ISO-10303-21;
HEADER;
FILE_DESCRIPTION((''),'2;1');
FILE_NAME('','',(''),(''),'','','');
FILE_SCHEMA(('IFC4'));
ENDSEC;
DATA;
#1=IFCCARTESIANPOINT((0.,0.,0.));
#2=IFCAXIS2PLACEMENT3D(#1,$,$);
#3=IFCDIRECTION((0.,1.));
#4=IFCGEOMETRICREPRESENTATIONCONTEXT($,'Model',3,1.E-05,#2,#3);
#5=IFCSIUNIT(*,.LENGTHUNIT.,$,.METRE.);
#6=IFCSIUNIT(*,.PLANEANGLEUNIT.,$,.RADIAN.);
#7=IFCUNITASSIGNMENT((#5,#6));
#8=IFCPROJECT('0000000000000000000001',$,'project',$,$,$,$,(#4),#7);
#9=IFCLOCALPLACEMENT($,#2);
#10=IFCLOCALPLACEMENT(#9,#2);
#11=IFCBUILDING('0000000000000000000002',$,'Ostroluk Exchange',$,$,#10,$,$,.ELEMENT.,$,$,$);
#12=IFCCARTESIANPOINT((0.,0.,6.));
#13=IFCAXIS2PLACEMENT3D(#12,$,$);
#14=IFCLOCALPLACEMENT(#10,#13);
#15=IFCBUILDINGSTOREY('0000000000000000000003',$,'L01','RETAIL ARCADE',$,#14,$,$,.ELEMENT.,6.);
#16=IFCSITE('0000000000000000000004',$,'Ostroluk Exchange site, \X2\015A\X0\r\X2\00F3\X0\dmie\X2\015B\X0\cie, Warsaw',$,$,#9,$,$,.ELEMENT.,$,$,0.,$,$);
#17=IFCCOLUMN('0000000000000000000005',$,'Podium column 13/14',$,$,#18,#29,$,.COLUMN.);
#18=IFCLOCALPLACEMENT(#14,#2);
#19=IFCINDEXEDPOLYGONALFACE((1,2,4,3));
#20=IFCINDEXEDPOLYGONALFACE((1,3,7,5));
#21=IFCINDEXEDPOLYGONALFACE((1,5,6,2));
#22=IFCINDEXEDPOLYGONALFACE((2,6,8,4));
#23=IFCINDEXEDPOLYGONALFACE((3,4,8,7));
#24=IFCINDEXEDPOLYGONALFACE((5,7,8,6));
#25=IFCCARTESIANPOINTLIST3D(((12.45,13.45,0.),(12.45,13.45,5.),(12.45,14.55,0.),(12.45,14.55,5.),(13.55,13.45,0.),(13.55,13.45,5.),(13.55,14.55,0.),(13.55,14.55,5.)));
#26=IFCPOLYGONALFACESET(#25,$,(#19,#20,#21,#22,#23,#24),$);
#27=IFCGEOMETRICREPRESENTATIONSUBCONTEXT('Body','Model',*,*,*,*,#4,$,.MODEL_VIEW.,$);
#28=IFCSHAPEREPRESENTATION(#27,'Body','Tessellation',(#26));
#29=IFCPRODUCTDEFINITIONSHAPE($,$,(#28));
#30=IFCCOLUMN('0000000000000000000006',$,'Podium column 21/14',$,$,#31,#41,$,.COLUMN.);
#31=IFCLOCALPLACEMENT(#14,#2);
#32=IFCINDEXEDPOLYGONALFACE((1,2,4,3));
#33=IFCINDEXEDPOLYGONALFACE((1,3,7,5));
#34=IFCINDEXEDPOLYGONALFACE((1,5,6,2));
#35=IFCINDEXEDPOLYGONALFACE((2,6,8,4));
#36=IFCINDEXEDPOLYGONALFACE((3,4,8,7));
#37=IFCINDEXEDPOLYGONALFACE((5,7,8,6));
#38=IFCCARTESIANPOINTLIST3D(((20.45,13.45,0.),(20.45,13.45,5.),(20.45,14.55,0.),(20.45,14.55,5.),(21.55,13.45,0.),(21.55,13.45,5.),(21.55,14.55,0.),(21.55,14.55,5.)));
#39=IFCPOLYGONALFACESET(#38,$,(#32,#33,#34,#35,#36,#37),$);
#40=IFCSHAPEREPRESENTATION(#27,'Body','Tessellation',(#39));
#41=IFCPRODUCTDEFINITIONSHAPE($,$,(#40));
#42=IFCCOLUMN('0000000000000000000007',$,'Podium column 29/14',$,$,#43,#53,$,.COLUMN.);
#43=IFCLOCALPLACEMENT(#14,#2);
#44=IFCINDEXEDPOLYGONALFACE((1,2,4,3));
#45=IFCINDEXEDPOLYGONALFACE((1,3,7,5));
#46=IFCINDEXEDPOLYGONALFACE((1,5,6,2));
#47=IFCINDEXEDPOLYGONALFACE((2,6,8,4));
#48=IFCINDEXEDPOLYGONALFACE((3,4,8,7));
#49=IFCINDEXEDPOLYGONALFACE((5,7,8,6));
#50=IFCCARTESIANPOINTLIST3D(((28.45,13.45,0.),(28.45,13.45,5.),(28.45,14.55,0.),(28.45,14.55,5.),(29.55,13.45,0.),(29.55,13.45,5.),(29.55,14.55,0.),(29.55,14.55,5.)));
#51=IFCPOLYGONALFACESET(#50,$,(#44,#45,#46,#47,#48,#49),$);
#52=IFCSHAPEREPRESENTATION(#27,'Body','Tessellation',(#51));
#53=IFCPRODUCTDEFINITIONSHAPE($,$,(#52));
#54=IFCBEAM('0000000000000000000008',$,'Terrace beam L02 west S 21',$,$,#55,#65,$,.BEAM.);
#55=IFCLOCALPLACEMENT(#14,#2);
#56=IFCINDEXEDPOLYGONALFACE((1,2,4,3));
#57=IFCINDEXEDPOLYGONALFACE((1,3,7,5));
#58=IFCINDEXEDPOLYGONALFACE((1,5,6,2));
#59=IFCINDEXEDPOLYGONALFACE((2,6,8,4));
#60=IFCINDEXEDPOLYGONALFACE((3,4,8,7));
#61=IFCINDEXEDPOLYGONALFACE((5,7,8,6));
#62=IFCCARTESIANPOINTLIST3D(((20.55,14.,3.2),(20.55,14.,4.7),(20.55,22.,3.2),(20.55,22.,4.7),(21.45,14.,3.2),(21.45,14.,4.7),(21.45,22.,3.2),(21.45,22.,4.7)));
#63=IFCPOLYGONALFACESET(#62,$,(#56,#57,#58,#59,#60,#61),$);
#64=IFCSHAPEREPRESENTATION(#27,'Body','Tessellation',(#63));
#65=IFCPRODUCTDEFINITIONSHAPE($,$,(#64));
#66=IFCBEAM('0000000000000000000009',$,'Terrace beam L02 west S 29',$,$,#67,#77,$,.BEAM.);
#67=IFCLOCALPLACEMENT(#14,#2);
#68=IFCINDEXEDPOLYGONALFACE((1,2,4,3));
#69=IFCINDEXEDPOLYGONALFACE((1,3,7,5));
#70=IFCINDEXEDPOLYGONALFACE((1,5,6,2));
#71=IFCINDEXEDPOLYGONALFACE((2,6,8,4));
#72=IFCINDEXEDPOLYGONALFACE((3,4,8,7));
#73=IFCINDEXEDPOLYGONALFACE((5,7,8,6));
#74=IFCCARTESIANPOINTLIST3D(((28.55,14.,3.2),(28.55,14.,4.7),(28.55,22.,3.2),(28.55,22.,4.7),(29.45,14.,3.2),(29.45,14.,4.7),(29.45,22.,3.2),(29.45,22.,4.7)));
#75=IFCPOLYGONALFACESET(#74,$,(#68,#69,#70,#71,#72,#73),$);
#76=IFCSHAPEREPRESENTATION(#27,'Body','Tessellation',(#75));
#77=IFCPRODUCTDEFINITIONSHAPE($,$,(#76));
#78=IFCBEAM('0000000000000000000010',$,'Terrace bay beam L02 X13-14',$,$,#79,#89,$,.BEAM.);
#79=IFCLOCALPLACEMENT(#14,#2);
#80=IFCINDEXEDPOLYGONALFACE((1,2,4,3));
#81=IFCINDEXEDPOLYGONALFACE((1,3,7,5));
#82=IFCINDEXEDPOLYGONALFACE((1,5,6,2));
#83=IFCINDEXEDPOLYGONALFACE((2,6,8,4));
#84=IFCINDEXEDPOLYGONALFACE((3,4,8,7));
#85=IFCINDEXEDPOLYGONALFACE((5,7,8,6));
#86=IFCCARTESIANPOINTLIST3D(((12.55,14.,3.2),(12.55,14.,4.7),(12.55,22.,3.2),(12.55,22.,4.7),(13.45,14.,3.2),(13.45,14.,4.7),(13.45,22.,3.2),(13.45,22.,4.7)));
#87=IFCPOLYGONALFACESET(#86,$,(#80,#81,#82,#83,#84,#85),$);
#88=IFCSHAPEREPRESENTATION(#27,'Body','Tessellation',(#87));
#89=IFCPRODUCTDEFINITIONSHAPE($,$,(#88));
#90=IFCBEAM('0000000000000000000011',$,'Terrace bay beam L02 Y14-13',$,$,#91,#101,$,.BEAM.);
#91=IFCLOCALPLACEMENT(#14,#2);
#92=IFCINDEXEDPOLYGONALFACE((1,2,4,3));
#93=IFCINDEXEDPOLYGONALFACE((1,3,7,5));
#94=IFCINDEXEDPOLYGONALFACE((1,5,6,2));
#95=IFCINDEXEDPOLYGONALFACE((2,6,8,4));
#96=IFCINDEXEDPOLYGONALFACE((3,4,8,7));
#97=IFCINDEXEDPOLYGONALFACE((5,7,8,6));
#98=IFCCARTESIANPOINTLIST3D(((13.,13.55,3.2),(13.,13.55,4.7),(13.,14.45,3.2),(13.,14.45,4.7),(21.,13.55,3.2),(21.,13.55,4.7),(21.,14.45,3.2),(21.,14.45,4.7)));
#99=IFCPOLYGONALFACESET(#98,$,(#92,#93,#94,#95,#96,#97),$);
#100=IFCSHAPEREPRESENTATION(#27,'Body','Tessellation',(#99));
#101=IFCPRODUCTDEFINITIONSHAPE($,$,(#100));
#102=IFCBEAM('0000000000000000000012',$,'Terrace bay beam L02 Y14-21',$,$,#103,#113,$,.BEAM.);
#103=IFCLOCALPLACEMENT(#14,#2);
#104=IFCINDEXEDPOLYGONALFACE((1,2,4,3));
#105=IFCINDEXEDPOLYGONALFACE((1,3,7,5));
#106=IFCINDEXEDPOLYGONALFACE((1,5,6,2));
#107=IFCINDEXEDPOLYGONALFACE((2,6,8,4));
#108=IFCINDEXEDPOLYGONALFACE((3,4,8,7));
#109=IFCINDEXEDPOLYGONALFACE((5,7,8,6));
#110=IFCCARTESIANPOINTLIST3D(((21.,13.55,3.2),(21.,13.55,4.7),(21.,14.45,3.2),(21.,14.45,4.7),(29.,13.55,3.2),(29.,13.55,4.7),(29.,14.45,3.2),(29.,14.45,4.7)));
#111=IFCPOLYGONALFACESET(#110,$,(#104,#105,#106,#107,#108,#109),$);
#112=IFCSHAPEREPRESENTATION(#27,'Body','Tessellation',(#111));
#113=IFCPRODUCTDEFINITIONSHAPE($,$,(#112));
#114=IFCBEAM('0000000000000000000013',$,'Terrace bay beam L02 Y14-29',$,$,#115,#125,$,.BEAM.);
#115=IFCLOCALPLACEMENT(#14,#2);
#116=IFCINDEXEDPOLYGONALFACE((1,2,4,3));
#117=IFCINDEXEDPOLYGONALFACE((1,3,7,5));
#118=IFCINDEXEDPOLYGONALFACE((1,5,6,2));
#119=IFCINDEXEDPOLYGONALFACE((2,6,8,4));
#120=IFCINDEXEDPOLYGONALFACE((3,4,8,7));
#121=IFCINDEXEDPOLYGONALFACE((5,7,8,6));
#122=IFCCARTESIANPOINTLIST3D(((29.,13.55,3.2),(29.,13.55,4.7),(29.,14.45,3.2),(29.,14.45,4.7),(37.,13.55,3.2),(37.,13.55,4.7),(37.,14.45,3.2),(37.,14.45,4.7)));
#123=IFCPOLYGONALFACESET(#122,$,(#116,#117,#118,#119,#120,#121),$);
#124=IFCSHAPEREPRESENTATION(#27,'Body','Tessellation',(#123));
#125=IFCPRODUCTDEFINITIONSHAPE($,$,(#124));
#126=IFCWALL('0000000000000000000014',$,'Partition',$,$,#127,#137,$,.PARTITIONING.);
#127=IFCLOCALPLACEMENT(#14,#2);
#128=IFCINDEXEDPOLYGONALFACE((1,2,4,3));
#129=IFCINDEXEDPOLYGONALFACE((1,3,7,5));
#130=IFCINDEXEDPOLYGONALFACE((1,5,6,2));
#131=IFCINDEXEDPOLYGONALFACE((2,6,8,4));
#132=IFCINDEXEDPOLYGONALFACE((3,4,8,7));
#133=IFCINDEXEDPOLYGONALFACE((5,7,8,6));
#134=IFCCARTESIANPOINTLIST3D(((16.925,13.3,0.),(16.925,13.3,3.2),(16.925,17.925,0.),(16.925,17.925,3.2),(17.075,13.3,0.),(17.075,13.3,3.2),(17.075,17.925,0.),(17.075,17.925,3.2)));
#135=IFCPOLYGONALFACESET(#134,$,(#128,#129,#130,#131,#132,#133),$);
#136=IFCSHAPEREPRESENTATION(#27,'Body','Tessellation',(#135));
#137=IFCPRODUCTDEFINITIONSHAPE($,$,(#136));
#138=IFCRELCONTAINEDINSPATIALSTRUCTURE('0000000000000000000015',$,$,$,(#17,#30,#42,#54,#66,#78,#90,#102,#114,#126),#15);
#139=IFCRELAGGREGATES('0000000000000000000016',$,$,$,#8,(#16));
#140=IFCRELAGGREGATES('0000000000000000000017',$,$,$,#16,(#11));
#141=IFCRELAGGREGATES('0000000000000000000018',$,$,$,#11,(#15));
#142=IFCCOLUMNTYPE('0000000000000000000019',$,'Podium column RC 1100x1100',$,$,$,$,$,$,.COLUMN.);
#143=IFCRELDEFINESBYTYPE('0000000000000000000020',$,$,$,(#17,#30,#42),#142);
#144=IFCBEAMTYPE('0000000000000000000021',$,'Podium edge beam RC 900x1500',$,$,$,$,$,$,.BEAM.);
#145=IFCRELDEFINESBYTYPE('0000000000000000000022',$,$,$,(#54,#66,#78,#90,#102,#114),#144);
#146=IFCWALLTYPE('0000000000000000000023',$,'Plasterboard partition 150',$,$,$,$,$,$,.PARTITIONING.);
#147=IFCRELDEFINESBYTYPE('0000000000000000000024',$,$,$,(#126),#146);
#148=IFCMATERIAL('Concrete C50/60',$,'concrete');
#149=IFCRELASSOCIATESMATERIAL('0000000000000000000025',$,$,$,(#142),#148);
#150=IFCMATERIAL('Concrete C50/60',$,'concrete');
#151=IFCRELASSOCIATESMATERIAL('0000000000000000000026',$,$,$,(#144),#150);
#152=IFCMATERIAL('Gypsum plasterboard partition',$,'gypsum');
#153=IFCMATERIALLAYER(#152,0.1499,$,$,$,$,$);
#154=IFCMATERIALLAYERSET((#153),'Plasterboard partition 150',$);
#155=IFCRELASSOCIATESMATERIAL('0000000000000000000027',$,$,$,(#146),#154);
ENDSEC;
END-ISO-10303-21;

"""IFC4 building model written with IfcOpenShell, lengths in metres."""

from ifc_helpers import new_model, si_unit, direction, frame, frame_2d, origin, origin_2d, place, context, subcontext, project, spatial, rectangle, extrude, material, layer, layer_set, material_profile, profile_set, type_object, element, save


model = new_model("IFC4")

# Units and contexts
model_context = context("Model", 3, precision=1e-05, world=origin(), true_north=direction((0.0, 1.0)))
body_context = subcontext(model_context, "Body", "Model", "MODEL_VIEW")
ifc_project = project(units=[si_unit("LENGTHUNIT", "METRE"), si_unit("PLANEANGLEUNIT", "RADIAN")], contexts=[model_context])

# Site, building, storey
site_placement = place(None, origin())
site = spatial("IfcSite", under=ifc_project, at=site_placement, Name="Ostroluk Exchange site, Śródmieście, Warsaw", CompositionType="ELEMENT", RefElevation=0.0)
building_placement = place(site_placement, origin())
building = spatial("IfcBuilding", under=site, at=building_placement, Name="Ostroluk Exchange", CompositionType="ELEMENT")
storey_placement = place(building_placement, frame((0.0, 0.0, 6.0)))
storey = spatial("IfcBuildingStorey", under=building, at=storey_placement, Name="L01", Description="RETAIL ARCADE", CompositionType="ELEMENT", Elevation=6.0)

# Columns
ifc_material_1 = material(Name="Concrete C50/60", Category="concrete")
ifc_material_profile_1 = material_profile(ifc_material_1, rectangle(XDim=1.1001, YDim=1.1001, at=origin_2d()), Name="RC 1100x1100")
ifc_profile_set_1 = profile_set([ifc_material_profile_1], Name="Concrete C50/60")
column_type = type_object("IfcColumnType", Name="Podium column RC 1100x1100", PredefinedType="COLUMN", material=ifc_profile_set_1)
for number, where, z_axis, x_axis, name in (
    (1, (13.0, 14.0, 0.0), (0.0, 0.0, 1.0), (1.0, 0.0, 0.0), "Podium column 13/14"),
    (2, (21.0, 14.0, 0.0), (0.0, 0.0, 1.0), (1.0, 0.0, 0.0), "Podium column 21/14"),
    (3, (29.0, 14.0, 0.0), (0.0, 0.0, 1.0), (1.0, 0.0, 0.0), "Podium column 29/14"),
):
    element("IfcColumn", number, at=place(storey_placement, frame(where, z_axis=z_axis, x_axis=x_axis)), inside=storey, type_object=column_type, Name=name, PredefinedType="COLUMN", context=body_context, shape_type="SweptSolid", body=[
        extrude(rectangle(XDim=1.1001, YDim=1.1001, at=origin_2d()), origin(), (0.0, 0.0, 1.0), 5.0),
    ])

# Beams
ifc_material_2 = material(Name="Concrete C50/60", Category="concrete")
ifc_material_profile_2 = material_profile(ifc_material_2, rectangle(XDim=0.8999, YDim=1.5, at=origin_2d()), Name="RC 900x1500")
ifc_profile_set_2 = profile_set([ifc_material_profile_2], Name="Concrete C50/60")
beam_type = type_object("IfcBeamType", Name="Podium edge beam RC 900x1500", PredefinedType="BEAM", material=ifc_profile_set_2)
for number, where, z_axis, x_axis, name in (
    (4, (21.0, 14.0, 3.95), (0.0, 1.0, 0.0), (-1.0, 0.0, 0.0), "Terrace beam L02 west S 21"),
    (5, (29.0, 14.0, 3.95), (0.0, 1.0, 0.0), (-1.0, 0.0, 0.0), "Terrace beam L02 west S 29"),
    (6, (13.0, 14.0, 3.95), (0.0, 1.0, 0.0), (-1.0, 0.0, 0.0), "Terrace bay beam L02 X13-14"),
    (7, (13.0, 14.0, 3.95), (1.0, 0.0, 0.0), (0.0, 1.0, 0.0), "Terrace bay beam L02 Y14-13"),
    (8, (21.0, 14.0, 3.95), (1.0, 0.0, 0.0), (0.0, 1.0, 0.0), "Terrace bay beam L02 Y14-21"),
    (9, (29.0, 14.0, 3.95), (1.0, 0.0, 0.0), (0.0, 1.0, 0.0), "Terrace bay beam L02 Y14-29"),
):
    element("IfcBeam", number, at=place(storey_placement, frame(where, z_axis=z_axis, x_axis=x_axis)), inside=storey, type_object=beam_type, Name=name, PredefinedType="BEAM", context=body_context, shape_type="SweptSolid", body=[
        extrude(rectangle(XDim=0.8999, YDim=1.5, at=origin_2d()), origin(), (0.0, 0.0, 1.0), 8.0),
    ])

# Wall
ifc_material_3 = material(Name="Gypsum plasterboard partition", Category="gypsum")
ifc_layer = layer(ifc_material_3, 0.1499)
ifc_layer_set = layer_set([ifc_layer], Name="Plasterboard partition 150")
wall_type = type_object("IfcWallType", Name="Plasterboard partition 150", PredefinedType="PARTITIONING", material=ifc_layer_set)
wall_placement = place(storey_placement, frame((17.0, 17.925, 0.0), z_axis=(0.0, 0.0, 1.0), x_axis=(0.0, -1.0, 0.0)))
element("IfcWall", 10, at=wall_placement, inside=storey, type_object=wall_type, Name="Partition", PredefinedType="PARTITIONING", context=body_context, shape_type="SweptSolid", body=[
    extrude(rectangle(XDim=4.625, YDim=0.1499, at=frame_2d((2.3125, 0.0))), origin(), (0.0, 0.0, 1.0), 3.2),
])

save(model, "model.ifc")
